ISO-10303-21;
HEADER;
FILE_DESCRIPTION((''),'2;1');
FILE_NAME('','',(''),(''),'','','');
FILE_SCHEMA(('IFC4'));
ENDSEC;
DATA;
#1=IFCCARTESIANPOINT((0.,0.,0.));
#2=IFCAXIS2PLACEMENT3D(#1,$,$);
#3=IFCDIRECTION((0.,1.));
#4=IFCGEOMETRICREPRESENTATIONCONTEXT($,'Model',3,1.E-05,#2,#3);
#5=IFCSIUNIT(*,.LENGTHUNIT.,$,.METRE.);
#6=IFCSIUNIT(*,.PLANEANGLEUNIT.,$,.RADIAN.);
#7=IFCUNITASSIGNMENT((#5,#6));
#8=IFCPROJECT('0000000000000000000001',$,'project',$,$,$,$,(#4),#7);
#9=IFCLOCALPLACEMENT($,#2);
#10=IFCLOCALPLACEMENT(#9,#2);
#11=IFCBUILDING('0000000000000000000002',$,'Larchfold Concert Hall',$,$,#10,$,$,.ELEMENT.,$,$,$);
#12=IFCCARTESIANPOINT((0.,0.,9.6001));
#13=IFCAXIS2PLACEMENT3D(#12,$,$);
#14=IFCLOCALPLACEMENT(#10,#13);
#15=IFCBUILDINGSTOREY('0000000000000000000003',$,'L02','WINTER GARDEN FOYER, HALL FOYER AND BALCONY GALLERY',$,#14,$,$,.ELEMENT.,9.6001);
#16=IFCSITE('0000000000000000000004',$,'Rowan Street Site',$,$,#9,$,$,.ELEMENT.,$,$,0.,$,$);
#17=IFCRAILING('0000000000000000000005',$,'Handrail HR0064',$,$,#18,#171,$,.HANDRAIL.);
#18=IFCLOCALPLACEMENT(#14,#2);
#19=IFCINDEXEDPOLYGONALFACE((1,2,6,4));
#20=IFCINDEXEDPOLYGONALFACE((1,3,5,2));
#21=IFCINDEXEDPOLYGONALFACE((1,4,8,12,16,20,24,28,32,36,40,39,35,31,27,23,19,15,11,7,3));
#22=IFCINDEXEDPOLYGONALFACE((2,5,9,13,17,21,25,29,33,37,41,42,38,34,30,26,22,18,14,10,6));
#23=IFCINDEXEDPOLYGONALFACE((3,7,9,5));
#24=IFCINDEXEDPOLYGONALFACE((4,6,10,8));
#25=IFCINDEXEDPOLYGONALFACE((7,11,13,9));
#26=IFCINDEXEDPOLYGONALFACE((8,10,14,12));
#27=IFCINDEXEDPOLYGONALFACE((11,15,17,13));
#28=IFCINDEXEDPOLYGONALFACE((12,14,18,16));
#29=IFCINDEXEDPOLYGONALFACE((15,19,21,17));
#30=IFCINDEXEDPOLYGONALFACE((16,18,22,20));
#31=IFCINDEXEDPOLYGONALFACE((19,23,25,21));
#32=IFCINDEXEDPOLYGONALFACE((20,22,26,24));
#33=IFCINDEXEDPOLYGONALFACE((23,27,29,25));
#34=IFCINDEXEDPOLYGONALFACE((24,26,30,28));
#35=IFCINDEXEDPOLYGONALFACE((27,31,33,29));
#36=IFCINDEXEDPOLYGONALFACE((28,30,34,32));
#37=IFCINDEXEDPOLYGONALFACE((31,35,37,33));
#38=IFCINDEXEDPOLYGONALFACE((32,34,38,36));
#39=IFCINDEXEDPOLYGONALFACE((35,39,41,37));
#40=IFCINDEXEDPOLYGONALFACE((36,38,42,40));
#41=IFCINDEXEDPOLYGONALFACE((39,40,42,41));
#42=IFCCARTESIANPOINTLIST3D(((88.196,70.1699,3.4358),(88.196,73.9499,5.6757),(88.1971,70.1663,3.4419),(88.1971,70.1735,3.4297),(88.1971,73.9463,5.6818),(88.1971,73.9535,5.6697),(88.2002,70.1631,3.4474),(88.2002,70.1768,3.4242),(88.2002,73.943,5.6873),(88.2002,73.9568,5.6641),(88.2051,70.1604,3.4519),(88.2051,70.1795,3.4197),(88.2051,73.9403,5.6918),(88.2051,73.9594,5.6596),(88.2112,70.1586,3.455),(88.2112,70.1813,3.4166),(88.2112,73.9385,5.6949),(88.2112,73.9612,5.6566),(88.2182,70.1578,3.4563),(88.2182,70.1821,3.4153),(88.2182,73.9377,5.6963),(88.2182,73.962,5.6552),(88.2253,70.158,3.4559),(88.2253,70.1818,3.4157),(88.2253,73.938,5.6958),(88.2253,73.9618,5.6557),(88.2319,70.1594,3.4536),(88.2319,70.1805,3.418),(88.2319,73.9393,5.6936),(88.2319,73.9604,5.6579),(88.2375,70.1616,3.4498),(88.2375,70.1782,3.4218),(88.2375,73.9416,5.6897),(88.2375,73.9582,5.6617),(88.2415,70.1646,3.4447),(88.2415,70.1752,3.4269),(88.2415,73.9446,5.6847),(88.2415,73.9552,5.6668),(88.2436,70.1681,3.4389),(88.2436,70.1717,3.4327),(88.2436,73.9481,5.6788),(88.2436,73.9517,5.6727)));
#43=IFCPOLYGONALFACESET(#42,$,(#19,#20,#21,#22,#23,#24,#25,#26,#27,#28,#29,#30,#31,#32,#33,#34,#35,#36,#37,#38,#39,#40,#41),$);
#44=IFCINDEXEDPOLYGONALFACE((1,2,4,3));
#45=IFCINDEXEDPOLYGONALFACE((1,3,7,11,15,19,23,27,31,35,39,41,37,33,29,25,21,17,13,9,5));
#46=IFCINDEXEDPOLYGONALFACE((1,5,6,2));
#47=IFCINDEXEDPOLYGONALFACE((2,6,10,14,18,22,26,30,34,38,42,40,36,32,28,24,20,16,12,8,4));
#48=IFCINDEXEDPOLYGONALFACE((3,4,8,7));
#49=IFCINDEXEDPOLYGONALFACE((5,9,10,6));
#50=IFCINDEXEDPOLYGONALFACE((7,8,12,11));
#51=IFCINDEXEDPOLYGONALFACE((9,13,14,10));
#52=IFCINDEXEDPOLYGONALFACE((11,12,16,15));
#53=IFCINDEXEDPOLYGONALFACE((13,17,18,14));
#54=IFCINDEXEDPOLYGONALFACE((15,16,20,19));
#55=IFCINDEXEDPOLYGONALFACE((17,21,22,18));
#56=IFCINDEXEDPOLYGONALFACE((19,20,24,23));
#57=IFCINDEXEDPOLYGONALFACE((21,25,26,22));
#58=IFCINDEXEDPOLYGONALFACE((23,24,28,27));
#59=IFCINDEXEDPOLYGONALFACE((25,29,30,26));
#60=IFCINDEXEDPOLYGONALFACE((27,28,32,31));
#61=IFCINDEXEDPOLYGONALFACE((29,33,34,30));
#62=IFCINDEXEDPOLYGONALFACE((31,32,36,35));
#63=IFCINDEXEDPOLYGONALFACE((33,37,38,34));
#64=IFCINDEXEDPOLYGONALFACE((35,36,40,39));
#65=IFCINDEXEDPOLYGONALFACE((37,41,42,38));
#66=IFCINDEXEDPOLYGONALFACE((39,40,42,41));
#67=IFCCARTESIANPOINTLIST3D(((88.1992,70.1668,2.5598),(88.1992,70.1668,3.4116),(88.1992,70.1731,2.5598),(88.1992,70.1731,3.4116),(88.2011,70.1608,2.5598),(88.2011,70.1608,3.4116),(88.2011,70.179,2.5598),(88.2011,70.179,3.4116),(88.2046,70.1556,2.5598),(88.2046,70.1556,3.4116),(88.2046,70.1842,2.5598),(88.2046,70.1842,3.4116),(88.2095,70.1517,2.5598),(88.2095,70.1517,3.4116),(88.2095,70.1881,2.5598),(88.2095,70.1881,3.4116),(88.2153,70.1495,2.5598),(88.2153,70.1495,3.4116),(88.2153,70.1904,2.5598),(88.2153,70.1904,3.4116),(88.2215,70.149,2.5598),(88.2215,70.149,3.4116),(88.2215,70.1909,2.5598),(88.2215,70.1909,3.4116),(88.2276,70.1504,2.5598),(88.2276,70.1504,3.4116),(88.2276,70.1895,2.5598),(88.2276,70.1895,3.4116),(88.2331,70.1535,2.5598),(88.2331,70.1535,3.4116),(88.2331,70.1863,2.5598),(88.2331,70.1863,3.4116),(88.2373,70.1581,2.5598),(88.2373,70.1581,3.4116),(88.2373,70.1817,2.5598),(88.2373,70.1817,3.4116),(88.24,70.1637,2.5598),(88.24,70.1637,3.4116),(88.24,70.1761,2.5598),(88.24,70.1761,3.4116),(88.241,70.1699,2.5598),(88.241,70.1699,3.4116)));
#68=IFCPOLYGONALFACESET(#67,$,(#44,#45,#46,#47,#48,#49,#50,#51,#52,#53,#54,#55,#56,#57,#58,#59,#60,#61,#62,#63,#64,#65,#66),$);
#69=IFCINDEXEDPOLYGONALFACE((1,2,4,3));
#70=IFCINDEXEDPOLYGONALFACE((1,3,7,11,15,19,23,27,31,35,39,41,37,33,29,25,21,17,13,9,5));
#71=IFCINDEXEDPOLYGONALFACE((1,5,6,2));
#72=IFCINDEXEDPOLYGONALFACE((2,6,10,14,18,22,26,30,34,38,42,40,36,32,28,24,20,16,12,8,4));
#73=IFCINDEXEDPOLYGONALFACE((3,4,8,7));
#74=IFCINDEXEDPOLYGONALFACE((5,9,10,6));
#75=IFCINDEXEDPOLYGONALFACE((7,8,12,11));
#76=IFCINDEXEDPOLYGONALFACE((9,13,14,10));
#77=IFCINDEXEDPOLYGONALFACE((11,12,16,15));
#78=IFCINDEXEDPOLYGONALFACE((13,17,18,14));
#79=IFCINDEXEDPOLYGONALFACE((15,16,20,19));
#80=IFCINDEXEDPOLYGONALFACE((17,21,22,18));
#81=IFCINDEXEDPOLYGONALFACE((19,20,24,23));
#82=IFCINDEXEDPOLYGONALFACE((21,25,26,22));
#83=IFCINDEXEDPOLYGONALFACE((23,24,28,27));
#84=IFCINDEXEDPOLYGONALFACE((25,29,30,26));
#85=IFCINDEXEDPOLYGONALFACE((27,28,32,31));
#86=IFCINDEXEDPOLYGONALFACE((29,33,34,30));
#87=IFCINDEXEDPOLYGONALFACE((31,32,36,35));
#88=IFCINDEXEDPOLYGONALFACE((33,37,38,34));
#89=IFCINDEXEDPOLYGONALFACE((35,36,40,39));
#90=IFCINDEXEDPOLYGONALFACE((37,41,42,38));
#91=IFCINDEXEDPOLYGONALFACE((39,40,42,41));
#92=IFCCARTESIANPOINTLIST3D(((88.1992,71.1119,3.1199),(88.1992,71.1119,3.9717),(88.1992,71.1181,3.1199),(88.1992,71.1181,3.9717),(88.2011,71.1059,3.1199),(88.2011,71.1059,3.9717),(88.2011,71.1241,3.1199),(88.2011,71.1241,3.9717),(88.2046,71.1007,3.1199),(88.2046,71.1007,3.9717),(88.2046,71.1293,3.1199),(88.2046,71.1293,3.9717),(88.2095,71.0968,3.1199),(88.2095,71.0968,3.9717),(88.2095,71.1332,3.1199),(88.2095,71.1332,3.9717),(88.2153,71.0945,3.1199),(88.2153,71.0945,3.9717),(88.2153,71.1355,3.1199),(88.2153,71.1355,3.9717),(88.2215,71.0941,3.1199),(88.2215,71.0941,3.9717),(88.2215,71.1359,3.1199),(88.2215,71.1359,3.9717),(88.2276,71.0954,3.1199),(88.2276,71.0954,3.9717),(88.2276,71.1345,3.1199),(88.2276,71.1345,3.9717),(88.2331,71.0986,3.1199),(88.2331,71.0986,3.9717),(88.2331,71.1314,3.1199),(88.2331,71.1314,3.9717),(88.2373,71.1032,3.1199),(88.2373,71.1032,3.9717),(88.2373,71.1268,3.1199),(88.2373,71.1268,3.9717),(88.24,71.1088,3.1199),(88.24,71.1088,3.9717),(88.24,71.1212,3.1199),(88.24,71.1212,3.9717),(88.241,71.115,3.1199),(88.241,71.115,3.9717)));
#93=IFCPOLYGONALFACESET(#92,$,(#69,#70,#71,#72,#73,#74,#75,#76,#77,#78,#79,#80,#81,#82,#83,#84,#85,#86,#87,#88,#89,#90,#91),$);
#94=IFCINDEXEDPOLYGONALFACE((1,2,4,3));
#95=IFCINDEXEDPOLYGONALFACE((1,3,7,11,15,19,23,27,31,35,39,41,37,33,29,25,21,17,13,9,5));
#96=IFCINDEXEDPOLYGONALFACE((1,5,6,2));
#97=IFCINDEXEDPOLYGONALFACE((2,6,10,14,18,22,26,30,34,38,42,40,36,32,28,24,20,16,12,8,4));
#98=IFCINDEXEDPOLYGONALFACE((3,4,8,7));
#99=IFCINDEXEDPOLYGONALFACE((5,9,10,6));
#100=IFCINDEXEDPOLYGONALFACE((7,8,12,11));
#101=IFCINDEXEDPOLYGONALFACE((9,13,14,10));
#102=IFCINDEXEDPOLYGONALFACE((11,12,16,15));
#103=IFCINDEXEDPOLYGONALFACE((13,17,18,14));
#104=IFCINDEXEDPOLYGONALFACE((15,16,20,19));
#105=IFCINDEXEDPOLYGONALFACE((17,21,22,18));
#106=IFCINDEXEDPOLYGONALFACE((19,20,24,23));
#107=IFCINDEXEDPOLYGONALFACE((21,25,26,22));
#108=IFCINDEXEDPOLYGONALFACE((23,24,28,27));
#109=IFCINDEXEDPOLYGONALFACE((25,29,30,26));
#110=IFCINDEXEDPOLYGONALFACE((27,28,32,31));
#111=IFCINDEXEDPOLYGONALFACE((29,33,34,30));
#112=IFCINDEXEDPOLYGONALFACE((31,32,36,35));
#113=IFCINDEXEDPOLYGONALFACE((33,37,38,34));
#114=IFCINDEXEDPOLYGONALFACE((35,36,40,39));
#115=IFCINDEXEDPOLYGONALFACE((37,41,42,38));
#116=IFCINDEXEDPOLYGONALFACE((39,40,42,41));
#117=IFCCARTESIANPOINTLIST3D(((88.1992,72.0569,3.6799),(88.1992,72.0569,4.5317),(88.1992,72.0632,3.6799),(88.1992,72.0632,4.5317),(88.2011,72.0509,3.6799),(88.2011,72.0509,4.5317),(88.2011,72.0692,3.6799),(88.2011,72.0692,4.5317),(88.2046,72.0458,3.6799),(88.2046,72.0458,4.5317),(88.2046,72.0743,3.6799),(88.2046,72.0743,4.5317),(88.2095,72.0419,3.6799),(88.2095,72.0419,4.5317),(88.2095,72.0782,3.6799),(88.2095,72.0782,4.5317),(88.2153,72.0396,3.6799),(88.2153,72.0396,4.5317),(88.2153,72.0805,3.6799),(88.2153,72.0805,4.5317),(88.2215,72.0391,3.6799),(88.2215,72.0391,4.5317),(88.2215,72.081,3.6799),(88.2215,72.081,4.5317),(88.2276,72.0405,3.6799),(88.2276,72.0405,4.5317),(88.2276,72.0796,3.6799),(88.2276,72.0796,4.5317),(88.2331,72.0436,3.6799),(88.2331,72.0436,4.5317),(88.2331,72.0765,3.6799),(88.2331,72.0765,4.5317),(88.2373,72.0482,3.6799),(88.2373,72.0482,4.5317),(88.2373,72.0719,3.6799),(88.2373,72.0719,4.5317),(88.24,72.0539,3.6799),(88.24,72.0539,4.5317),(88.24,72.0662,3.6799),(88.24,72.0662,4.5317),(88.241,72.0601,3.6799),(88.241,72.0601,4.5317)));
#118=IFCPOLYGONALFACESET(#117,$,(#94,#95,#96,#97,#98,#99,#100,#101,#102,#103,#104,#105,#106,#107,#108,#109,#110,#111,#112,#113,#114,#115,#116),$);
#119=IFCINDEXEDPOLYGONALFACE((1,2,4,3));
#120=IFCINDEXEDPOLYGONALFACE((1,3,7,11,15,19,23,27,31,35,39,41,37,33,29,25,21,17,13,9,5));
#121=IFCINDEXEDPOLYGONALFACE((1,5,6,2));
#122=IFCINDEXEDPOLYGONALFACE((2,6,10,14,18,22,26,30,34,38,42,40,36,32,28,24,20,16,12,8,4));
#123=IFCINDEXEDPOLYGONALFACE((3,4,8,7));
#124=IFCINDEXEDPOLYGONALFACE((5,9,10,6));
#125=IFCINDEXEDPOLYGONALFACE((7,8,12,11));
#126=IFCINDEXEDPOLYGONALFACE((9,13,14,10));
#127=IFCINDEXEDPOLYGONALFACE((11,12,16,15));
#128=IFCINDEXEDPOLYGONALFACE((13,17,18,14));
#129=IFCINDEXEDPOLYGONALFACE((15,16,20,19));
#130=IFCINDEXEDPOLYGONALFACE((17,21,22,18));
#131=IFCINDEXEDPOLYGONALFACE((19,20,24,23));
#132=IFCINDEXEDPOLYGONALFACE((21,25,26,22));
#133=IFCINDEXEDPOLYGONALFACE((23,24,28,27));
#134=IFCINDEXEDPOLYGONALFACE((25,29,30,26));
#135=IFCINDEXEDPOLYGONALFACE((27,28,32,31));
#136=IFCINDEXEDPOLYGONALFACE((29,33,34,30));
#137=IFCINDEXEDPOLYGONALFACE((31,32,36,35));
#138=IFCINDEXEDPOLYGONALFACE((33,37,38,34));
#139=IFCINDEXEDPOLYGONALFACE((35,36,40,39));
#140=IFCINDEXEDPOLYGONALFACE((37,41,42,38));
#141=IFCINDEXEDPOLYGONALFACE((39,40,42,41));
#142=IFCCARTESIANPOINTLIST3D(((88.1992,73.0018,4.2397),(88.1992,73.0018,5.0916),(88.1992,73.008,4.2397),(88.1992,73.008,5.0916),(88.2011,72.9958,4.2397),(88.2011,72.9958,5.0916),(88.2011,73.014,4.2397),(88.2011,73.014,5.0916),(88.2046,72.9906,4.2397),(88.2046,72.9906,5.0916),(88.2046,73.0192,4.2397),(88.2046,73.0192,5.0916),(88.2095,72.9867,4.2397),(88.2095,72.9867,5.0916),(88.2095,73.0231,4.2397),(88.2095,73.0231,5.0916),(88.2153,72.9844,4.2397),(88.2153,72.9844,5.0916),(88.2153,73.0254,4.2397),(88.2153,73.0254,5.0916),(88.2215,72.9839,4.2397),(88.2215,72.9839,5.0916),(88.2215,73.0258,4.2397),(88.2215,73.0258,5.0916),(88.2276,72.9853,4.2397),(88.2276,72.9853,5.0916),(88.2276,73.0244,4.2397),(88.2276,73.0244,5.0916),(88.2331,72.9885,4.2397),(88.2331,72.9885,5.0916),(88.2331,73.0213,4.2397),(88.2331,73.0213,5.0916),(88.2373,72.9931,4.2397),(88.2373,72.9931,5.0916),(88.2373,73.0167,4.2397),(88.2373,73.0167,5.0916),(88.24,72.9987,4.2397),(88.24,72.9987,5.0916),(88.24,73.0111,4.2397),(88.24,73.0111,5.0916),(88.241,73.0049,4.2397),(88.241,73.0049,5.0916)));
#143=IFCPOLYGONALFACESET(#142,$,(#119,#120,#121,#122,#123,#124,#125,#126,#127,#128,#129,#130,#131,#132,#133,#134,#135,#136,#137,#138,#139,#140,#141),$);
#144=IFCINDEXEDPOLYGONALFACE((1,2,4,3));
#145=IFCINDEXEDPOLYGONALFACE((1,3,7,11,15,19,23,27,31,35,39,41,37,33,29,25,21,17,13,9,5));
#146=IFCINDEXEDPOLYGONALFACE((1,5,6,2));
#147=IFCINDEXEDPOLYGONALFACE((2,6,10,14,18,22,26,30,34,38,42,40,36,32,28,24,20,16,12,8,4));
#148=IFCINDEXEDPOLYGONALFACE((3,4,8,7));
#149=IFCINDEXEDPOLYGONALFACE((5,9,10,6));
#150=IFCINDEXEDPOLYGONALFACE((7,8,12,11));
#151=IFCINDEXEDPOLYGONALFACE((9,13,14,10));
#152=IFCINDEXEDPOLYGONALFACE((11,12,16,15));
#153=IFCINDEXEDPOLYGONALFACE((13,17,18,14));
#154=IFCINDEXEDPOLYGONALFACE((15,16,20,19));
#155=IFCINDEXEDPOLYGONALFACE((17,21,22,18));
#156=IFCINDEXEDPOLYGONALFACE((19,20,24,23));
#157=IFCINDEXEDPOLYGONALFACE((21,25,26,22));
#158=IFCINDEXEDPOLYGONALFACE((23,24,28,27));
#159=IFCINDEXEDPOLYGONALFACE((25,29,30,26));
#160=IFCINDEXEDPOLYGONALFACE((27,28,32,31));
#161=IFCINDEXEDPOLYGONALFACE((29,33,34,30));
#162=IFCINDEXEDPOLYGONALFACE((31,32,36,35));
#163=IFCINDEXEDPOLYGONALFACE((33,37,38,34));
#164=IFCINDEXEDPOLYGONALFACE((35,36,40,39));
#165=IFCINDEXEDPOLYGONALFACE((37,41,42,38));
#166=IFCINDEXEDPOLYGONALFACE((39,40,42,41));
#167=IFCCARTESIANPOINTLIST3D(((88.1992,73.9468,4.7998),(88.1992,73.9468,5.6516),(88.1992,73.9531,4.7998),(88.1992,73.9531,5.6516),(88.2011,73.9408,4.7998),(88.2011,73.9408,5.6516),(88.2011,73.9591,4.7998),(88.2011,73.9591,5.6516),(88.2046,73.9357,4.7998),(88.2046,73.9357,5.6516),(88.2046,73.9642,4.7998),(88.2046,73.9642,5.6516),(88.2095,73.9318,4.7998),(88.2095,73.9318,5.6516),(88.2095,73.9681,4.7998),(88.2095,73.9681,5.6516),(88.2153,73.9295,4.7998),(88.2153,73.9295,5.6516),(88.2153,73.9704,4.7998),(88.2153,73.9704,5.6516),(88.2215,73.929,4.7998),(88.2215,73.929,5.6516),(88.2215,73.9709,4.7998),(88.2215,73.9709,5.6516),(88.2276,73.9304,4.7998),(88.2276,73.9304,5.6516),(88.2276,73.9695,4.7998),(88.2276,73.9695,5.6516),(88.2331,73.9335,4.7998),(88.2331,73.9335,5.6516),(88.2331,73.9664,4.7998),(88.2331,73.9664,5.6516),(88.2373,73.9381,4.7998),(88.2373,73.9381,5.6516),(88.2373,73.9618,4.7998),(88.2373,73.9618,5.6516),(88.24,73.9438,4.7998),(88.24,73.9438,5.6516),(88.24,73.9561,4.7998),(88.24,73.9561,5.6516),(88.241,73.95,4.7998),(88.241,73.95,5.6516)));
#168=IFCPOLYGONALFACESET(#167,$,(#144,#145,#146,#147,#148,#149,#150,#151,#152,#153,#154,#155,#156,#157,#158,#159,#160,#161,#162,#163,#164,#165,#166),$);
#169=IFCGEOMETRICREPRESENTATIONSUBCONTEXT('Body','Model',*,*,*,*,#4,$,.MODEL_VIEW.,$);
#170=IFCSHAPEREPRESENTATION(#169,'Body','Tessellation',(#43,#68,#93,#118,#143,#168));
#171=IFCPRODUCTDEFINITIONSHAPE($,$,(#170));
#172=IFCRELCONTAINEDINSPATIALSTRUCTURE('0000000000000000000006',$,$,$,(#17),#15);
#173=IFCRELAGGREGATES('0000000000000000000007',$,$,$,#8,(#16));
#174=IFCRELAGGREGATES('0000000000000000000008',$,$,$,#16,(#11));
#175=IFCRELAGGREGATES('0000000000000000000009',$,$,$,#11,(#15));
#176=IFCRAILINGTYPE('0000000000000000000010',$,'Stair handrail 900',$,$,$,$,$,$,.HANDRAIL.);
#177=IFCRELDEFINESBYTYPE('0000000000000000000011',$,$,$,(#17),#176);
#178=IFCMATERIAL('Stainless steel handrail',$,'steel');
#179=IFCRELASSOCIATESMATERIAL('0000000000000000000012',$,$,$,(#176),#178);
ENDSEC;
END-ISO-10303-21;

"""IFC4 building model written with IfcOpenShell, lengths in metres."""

from ifc_helpers import new_model, si_unit, direction, frame, origin, origin_2d, place, context, subcontext, project, spatial, circle, extrude, material, type_object, element, save


model = new_model("IFC4")

# Units and contexts
model_context = context("Model", 3, precision=1e-05, world=origin(), true_north=direction((0.0, 1.0)))
body_context = subcontext(model_context, "Body", "Model", "MODEL_VIEW")
ifc_project = project(units=[si_unit("LENGTHUNIT", "METRE"), si_unit("PLANEANGLEUNIT", "RADIAN")], contexts=[model_context])

# Site, building, storey
site_placement = place(None, origin())
site = spatial("IfcSite", under=ifc_project, at=site_placement, Name="Rowan Street Site", CompositionType="ELEMENT", RefElevation=0.0)
building_placement = place(site_placement, origin())
building = spatial("IfcBuilding", under=site, at=building_placement, Name="Larchfold Concert Hall", CompositionType="ELEMENT")
storey_placement = place(building_placement, frame((0.0, 0.0, 9.6001)))
storey = spatial("IfcBuildingStorey", under=building, at=storey_placement, Name="L02", Description="WINTER GARDEN FOYER, HALL FOYER AND BALCONY GALLERY", CompositionType="ELEMENT", Elevation=9.6001)

# Railing
ifc_material_1 = material(Name="Stainless steel handrail", Category="steel")
railing_type_1 = type_object("IfcRailingType", Name="Stair handrail 900", PredefinedType="HANDRAIL", material=ifc_material_1)
railing_1_placement = place(storey_placement, frame((88.22, 70.1699, 2.5598)))
element("IfcRailing", 1, at=railing_1_placement, inside=storey, type_object=railing_type_1, Name="Handrail HR0064", PredefinedType="HANDRAIL", context=body_context, shape_type="SweptSolid", body=[
    extrude(circle(Radius=0.0239, at=origin_2d()), frame((0.0, 0.0, 0.876), z_axis=(0.0, 0.860294, 0.509798), x_axis=(-1.0, 0.0, 0.0)), (0.0, 0.0, 1.0), 4.3938),
    extrude(circle(Radius=0.021, at=origin_2d()), origin(), (0.0, 0.0, 1.0), 0.8518),
    extrude(circle(Radius=0.021, at=origin_2d()), frame((0.0, 0.9451, 0.5601)), (0.0, 0.0, 1.0), 0.8518),
    extrude(circle(Radius=0.021, at=origin_2d()), frame((0.0, 1.8901, 1.1201)), (0.0, 0.0, 1.0), 0.8518),
    extrude(circle(Radius=0.021, at=origin_2d()), frame((0.0, 2.835, 1.6799)), (0.0, 0.0, 1.0), 0.8518),
    extrude(circle(Radius=0.021, at=origin_2d()), frame((0.0, 3.78, 2.24)), (0.0, 0.0, 1.0), 0.8518),
])

save(model, "model.ifc")
